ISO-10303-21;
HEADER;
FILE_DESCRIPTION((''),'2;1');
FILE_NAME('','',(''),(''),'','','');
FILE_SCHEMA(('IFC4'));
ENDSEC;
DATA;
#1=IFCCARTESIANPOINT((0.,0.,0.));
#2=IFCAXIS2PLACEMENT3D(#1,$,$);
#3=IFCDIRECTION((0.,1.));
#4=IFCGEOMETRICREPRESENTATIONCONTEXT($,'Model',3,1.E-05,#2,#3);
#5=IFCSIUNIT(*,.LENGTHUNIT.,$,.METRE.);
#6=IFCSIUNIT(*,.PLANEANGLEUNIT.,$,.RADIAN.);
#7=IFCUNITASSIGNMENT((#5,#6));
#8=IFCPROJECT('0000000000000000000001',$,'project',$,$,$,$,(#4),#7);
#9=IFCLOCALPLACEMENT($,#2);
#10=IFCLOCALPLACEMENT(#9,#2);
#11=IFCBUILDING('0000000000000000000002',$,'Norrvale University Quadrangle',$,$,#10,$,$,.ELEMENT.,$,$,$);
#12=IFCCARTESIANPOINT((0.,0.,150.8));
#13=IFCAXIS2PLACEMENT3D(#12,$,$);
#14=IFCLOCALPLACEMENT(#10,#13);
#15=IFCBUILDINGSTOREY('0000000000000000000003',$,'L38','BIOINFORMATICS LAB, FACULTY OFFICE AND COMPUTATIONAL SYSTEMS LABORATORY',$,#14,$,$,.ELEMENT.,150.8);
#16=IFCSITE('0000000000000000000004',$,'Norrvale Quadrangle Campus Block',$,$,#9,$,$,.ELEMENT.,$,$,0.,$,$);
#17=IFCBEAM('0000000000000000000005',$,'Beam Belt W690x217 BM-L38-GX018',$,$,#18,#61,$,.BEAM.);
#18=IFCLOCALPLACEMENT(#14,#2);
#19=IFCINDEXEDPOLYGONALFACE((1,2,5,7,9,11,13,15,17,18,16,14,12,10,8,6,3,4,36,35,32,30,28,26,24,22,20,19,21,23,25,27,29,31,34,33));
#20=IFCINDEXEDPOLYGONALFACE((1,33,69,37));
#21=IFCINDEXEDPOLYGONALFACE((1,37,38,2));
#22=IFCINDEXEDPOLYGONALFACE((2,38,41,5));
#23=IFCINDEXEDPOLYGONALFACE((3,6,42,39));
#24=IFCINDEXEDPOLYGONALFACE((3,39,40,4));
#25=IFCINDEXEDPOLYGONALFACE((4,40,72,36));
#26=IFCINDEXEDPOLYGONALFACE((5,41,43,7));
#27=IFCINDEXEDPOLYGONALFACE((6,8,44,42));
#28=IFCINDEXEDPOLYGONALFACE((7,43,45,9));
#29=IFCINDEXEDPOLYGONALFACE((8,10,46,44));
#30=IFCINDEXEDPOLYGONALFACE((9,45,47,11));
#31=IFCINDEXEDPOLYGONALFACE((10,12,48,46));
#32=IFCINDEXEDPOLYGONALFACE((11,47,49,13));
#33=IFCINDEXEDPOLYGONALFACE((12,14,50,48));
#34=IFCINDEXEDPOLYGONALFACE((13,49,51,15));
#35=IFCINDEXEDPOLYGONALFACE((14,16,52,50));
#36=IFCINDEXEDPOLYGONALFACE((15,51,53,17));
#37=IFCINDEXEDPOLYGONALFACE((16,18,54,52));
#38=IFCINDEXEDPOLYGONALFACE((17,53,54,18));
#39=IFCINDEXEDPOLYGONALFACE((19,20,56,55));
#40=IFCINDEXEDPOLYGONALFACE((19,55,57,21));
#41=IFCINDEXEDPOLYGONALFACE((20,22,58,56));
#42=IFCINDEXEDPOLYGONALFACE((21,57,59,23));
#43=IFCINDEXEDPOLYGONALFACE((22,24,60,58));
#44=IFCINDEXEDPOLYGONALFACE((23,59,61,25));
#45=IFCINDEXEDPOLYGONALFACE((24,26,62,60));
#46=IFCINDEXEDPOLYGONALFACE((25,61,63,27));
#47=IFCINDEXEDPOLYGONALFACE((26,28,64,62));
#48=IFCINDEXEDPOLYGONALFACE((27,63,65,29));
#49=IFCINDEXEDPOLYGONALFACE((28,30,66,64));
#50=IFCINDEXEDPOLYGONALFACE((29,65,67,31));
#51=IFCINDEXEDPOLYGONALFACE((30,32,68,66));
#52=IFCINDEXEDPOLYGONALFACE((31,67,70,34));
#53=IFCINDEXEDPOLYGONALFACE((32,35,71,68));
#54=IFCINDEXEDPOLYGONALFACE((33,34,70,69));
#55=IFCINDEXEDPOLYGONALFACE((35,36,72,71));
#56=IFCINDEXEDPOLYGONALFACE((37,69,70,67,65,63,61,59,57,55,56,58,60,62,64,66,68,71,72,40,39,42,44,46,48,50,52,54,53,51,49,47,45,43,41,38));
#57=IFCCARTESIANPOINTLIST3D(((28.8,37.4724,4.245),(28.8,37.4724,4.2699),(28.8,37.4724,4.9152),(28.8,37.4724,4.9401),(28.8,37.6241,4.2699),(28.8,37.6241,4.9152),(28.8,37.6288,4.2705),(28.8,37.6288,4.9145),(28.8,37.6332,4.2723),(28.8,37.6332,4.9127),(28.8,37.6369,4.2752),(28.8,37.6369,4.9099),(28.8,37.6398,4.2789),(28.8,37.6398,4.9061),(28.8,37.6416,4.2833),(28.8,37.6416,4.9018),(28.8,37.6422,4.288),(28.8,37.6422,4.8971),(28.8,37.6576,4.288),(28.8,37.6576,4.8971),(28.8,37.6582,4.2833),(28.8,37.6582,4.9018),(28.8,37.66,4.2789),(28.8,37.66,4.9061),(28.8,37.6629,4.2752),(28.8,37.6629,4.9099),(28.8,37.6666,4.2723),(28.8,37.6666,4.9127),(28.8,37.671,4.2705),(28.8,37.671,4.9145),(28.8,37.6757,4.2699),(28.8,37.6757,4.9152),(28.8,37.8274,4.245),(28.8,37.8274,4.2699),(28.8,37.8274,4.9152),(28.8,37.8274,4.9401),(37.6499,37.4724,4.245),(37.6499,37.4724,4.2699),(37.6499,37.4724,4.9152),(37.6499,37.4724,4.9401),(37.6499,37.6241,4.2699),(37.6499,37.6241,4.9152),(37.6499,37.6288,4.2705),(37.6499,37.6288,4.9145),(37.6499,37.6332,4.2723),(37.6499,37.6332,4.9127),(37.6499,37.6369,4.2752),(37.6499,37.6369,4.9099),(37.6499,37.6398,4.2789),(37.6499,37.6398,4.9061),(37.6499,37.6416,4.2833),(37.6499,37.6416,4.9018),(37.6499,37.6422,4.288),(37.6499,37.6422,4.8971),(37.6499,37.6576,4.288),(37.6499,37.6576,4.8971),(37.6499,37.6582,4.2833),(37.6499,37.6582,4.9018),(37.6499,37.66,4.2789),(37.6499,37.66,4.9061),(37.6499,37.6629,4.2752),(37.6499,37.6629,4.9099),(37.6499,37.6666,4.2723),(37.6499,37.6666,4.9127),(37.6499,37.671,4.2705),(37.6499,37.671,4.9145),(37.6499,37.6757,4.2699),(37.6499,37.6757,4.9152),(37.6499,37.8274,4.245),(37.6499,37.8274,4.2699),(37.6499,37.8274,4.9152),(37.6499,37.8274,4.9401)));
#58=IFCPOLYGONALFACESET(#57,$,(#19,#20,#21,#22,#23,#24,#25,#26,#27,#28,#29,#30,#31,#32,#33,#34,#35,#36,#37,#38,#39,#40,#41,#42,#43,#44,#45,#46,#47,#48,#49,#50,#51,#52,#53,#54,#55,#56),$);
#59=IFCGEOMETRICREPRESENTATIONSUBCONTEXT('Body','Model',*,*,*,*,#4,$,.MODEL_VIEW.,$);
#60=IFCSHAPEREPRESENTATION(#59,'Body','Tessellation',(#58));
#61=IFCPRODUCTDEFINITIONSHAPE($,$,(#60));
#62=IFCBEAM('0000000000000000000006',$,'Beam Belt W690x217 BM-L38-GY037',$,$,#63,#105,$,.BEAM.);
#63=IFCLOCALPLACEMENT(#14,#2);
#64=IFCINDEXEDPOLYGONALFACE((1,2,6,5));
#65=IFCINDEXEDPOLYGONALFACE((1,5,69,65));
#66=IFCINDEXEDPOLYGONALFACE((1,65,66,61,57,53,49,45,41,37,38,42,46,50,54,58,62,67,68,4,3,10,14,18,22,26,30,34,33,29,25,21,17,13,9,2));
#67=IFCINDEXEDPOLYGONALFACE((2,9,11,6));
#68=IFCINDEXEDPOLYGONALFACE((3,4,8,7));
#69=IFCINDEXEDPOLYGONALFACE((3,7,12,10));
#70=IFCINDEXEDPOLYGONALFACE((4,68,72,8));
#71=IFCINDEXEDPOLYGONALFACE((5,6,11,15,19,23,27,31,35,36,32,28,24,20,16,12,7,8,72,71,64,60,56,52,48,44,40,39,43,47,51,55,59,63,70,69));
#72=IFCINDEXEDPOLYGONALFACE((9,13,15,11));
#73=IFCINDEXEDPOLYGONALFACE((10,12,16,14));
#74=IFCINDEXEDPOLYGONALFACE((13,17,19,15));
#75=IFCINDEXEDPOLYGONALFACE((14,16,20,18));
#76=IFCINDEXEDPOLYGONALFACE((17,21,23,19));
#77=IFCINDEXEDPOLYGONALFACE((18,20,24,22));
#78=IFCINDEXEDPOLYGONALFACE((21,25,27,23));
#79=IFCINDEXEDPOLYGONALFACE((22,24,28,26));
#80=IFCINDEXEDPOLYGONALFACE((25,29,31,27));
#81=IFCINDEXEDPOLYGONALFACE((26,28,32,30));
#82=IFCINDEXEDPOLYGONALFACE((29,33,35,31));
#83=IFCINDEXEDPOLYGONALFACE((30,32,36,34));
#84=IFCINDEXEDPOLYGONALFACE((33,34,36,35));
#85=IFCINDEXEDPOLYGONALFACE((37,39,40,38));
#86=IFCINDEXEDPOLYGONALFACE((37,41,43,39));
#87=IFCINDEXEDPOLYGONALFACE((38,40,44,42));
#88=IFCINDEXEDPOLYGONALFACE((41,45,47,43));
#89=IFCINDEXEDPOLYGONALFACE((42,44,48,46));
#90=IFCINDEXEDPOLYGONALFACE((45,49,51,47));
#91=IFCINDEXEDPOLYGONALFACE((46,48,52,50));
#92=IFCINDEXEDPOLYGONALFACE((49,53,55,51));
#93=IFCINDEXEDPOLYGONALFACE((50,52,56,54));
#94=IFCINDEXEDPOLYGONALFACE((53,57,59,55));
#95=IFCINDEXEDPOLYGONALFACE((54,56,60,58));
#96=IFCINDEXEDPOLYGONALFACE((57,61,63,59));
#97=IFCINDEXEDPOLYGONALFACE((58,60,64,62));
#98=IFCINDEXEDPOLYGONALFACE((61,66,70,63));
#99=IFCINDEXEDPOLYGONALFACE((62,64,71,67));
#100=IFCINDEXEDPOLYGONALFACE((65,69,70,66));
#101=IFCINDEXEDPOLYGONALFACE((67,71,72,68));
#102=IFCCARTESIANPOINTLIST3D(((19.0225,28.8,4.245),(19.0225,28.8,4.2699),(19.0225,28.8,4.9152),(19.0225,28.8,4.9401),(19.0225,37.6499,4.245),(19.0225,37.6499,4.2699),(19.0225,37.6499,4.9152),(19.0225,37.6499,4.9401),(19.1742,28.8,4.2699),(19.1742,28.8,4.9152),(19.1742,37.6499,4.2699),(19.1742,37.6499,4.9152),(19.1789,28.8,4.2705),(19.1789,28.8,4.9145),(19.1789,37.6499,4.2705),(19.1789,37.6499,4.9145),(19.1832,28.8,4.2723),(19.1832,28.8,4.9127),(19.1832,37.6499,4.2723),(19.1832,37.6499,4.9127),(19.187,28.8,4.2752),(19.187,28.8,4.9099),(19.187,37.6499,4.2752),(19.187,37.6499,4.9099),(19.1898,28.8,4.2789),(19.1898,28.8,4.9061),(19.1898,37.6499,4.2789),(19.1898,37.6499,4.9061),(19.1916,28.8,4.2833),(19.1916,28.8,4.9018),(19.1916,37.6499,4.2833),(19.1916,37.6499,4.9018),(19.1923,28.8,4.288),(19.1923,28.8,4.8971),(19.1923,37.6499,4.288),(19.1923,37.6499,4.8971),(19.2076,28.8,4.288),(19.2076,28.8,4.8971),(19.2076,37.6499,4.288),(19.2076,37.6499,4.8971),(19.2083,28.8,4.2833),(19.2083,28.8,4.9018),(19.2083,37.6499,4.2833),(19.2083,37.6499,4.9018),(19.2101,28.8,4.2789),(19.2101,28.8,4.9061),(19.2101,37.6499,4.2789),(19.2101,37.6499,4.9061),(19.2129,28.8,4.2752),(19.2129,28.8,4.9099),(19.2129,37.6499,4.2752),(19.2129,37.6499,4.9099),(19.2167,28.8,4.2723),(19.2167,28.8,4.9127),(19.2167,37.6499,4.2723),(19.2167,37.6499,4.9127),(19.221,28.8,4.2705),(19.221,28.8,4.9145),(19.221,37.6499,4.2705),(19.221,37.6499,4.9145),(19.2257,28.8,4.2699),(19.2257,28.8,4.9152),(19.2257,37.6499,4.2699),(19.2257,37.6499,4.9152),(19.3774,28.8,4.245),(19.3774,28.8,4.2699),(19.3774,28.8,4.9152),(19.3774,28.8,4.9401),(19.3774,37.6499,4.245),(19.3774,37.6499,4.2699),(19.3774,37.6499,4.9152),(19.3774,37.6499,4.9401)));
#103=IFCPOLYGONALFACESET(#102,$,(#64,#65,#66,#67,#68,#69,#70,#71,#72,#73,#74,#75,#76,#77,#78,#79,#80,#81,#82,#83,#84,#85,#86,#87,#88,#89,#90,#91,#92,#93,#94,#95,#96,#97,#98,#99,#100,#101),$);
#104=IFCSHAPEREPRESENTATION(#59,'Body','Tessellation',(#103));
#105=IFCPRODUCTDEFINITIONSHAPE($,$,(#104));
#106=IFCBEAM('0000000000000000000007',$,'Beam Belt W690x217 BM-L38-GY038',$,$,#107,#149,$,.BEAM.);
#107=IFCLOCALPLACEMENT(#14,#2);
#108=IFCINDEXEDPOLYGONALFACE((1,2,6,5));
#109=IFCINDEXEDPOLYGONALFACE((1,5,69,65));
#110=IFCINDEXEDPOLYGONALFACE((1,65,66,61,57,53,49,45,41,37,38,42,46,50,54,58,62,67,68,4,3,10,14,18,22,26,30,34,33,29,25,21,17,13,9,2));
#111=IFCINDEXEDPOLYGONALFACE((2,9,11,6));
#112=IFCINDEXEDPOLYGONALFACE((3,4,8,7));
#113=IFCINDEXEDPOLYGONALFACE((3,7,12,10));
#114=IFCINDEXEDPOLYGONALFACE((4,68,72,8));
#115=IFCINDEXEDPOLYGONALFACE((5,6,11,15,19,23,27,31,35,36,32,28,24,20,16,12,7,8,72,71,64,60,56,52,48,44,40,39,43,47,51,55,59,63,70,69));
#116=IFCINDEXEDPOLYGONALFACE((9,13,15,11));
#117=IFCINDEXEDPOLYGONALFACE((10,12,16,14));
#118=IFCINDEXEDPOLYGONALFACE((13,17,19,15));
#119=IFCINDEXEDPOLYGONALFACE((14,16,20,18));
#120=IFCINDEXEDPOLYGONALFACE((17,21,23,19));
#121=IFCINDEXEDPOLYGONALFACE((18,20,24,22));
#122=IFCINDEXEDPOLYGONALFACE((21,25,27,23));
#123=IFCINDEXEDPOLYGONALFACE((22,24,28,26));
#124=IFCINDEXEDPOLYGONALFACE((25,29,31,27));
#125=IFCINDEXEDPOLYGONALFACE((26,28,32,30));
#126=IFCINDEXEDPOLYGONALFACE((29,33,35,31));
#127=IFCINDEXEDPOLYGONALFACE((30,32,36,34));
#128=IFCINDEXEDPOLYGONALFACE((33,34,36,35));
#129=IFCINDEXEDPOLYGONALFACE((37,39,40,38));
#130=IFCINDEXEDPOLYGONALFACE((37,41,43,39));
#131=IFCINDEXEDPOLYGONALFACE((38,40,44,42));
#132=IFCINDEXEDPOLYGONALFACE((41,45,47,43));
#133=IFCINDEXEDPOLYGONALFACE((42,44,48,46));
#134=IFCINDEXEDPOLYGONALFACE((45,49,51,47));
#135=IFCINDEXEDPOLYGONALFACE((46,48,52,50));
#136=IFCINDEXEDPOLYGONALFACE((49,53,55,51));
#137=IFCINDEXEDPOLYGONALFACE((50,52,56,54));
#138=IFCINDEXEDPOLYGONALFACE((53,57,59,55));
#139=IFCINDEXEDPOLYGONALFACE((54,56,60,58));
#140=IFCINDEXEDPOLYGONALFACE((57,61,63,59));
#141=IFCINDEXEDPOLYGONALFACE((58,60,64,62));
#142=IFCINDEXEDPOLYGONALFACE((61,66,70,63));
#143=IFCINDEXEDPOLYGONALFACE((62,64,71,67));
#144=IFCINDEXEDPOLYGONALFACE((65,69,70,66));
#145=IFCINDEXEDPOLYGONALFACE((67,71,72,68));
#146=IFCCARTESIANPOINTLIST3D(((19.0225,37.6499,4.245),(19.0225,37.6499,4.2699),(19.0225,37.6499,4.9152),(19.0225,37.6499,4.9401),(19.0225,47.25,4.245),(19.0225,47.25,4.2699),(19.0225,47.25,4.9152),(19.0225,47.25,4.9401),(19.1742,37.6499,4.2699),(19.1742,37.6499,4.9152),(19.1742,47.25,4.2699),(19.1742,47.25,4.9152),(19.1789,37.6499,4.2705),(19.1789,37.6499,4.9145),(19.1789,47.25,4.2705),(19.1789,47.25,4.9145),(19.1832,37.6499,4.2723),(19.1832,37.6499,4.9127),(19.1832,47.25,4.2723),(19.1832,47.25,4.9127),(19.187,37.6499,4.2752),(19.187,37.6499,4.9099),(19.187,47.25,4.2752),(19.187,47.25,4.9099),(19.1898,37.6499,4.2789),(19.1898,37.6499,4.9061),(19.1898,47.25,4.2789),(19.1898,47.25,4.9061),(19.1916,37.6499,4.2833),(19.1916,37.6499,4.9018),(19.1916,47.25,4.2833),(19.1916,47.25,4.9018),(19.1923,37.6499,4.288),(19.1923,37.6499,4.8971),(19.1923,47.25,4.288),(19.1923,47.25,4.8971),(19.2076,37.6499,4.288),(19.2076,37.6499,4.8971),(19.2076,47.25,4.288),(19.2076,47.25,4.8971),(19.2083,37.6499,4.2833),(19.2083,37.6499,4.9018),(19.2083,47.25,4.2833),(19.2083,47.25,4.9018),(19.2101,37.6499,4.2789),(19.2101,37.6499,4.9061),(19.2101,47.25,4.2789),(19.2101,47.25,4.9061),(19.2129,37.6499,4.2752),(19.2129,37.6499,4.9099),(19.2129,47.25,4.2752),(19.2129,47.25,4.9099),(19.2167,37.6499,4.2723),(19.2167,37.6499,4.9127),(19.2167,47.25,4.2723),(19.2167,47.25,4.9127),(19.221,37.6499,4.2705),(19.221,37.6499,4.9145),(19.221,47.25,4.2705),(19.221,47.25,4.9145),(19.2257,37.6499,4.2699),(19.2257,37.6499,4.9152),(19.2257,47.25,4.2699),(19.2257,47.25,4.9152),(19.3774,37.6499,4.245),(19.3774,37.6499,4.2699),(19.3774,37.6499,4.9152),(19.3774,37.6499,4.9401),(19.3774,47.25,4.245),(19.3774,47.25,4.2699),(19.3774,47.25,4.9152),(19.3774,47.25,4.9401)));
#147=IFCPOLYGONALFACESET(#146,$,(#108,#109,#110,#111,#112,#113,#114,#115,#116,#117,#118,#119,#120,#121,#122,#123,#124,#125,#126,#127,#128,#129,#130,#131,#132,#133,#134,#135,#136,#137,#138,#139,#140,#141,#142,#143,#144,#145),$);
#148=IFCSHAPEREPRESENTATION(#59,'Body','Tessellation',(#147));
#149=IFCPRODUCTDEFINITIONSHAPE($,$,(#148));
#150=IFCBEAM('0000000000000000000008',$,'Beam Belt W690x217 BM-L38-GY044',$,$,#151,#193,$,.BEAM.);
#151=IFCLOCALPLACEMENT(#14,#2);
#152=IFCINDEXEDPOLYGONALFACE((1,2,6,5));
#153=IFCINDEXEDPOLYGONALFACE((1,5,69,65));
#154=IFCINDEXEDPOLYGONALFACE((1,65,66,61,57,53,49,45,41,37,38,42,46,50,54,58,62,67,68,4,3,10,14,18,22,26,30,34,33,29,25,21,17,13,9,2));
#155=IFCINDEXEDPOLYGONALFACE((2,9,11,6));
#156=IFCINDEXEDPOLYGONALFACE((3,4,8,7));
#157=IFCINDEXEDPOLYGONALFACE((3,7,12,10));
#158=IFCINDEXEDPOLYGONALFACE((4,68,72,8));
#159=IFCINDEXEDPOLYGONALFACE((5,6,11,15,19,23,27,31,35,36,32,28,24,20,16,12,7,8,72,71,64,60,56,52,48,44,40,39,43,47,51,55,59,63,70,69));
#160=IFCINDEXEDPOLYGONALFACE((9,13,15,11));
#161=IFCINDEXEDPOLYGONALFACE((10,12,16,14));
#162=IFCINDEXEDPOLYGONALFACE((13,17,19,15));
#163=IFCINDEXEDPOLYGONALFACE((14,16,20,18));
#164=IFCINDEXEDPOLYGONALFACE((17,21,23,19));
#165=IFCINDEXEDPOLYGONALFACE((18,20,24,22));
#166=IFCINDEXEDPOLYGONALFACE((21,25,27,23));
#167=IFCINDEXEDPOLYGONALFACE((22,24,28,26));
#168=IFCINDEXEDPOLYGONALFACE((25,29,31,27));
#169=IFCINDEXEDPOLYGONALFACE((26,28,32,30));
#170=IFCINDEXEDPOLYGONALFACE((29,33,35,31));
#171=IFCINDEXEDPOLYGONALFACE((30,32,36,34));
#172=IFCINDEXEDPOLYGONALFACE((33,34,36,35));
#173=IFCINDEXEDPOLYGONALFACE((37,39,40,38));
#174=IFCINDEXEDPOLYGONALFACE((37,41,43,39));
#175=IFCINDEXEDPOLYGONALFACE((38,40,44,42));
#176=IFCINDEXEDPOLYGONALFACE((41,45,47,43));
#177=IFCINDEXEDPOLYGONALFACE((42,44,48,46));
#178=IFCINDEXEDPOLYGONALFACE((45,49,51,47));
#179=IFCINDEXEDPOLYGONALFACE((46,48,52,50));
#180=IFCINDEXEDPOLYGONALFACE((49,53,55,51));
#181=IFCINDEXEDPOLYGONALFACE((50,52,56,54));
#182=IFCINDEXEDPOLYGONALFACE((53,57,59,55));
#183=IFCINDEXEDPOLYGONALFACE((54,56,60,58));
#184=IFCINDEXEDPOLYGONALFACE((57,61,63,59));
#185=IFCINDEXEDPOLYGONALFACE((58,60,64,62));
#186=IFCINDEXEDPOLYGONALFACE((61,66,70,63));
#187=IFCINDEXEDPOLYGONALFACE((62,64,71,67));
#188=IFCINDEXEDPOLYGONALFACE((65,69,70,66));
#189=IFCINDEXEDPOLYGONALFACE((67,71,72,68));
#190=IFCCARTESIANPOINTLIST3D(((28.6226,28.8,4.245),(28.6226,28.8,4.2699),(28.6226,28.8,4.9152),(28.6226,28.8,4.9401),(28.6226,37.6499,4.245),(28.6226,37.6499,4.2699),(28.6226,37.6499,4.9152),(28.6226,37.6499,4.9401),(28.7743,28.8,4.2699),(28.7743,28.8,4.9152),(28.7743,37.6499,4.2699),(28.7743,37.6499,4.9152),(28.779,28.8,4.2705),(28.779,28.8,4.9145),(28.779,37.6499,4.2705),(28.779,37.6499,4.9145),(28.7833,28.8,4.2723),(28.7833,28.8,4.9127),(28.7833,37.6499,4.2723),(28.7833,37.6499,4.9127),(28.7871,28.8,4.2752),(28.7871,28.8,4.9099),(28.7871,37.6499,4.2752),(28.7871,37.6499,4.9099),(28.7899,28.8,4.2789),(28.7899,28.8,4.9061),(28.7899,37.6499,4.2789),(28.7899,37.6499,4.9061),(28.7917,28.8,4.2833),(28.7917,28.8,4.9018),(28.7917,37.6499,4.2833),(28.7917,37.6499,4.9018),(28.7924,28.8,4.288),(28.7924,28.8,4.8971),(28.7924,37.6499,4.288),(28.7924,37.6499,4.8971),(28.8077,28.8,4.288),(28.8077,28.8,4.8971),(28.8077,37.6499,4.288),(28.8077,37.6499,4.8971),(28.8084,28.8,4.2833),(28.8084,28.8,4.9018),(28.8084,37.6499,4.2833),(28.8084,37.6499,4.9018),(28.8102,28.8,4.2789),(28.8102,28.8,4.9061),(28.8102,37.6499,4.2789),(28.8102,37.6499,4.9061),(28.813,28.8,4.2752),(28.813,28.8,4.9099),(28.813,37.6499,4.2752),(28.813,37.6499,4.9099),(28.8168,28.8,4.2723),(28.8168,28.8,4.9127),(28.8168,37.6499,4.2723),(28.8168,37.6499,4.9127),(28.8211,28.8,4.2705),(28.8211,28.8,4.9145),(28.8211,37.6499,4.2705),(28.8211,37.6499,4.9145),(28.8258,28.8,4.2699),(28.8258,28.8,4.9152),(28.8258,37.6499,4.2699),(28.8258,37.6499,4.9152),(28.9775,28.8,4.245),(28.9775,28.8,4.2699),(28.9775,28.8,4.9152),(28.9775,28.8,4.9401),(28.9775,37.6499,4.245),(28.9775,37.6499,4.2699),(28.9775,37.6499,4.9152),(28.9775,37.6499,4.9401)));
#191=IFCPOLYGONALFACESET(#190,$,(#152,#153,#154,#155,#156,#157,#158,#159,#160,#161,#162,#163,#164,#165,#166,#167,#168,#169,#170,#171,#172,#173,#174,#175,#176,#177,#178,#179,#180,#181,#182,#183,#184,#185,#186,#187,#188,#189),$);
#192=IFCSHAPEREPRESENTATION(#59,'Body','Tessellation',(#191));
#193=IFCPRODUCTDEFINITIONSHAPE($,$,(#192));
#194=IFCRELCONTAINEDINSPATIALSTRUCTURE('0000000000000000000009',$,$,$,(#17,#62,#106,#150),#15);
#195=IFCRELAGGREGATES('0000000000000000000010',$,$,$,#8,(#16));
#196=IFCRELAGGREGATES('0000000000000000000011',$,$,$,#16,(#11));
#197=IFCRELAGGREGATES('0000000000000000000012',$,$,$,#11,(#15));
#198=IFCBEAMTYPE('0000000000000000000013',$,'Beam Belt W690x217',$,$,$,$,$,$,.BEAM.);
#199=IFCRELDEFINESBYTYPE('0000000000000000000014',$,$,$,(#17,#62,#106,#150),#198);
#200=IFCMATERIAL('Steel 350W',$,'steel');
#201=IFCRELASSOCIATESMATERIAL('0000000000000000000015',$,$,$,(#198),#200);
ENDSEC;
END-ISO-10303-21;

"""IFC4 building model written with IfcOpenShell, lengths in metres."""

from ifc_helpers import new_model, si_unit, direction, frame, origin, origin_2d, place, context, subcontext, project, spatial, i_section, extrude, material, material_profile, profile_set, type_object, element, save


model = new_model("IFC4")

# Units and contexts
model_context = context("Model", 3, precision=1e-05, world=origin(), true_north=direction((0.0, 1.0)))
body_context = subcontext(model_context, "Body", "Model", "MODEL_VIEW")
ifc_project = project(units=[si_unit("LENGTHUNIT", "METRE"), si_unit("PLANEANGLEUNIT", "RADIAN")], contexts=[model_context])

# Site, building, storey
site_placement = place(None, origin())
site = spatial("IfcSite", under=ifc_project, at=site_placement, Name="Norrvale Quadrangle Campus Block", CompositionType="ELEMENT", RefElevation=0.0)
building_placement = place(site_placement, origin())
building = spatial("IfcBuilding", under=site, at=building_placement, Name="Norrvale University Quadrangle", CompositionType="ELEMENT")
storey_placement = place(building_placement, frame((0.0, 0.0, 150.8)))
storey = spatial("IfcBuildingStorey", under=building, at=storey_placement, Name="L38", Description="BIOINFORMATICS LAB, FACULTY OFFICE AND COMPUTATIONAL SYSTEMS LABORATORY", CompositionType="ELEMENT", Elevation=150.8)

# Beams
ifc_material_1 = material(Name="Steel 350W", Category="steel")
ifc_material_profile_1 = material_profile(ifc_material_1, i_section(OverallWidth=0.355, OverallDepth=0.6951, WebThickness=0.0154, FlangeThickness=0.0249, FilletRadius=0.0181, at=origin_2d()), Name="Steel 350W")
ifc_profile_set_1 = profile_set([ifc_material_profile_1], Name="Steel 350W")
beam_type_1 = type_object("IfcBeamType", Name="Beam Belt W690x217", PredefinedType="BEAM", material=ifc_profile_set_1)
for number, where, z_axis, x_axis, name in (
    (1, (28.8, 37.6499, 4.5925), (1.0, 0.0, 0.0), (0.0, 1.0, 0.0), "Beam Belt W690x217 BM-L38-GX018"),
    (2, (19.2, 28.8, 4.5925), (0.0, 1.0, 0.0), (-1.0, 0.0, 0.0), "Beam Belt W690x217 BM-L38-GY037"),
):
    element("IfcBeam", number, at=place(storey_placement, frame(where, z_axis=z_axis, x_axis=x_axis)), inside=storey, type_object=beam_type_1, Name=name, PredefinedType="BEAM", context=body_context, shape_type="SweptSolid", body=[
        extrude(i_section(OverallWidth=0.355, OverallDepth=0.6951, WebThickness=0.0154, FlangeThickness=0.0249, FilletRadius=0.0181, at=origin_2d()), origin(), (0.0, 0.0, 1.0), 8.8499),
    ])
beam_1_placement = place(storey_placement, frame((19.2, 37.6499, 4.5925), z_axis=(0.0, 1.0, 0.0), x_axis=(-1.0, 0.0, 0.0)))
element("IfcBeam", 3, at=beam_1_placement, inside=storey, type_object=beam_type_1, Name="Beam Belt W690x217 BM-L38-GY038", PredefinedType="BEAM", context=body_context, shape_type="SweptSolid", body=[
    extrude(i_section(OverallWidth=0.355, OverallDepth=0.6951, WebThickness=0.0154, FlangeThickness=0.0249, FilletRadius=0.0181, at=origin_2d()), origin(), (0.0, 0.0, 1.0), 9.6001),
])
beam_2_placement = place(storey_placement, frame((28.8, 28.8, 4.5925), z_axis=(0.0, 1.0, 0.0), x_axis=(-1.0, 0.0, 0.0)))
element("IfcBeam", 4, at=beam_2_placement, inside=storey, type_object=beam_type_1, Name="Beam Belt W690x217 BM-L38-GY044", PredefinedType="BEAM", context=body_context, shape_type="SweptSolid", body=[
    extrude(i_section(OverallWidth=0.355, OverallDepth=0.6951, WebThickness=0.0154, FlangeThickness=0.0249, FilletRadius=0.0181, at=origin_2d()), origin(), (0.0, 0.0, 1.0), 8.8499),
])

save(model, "model.ifc")
